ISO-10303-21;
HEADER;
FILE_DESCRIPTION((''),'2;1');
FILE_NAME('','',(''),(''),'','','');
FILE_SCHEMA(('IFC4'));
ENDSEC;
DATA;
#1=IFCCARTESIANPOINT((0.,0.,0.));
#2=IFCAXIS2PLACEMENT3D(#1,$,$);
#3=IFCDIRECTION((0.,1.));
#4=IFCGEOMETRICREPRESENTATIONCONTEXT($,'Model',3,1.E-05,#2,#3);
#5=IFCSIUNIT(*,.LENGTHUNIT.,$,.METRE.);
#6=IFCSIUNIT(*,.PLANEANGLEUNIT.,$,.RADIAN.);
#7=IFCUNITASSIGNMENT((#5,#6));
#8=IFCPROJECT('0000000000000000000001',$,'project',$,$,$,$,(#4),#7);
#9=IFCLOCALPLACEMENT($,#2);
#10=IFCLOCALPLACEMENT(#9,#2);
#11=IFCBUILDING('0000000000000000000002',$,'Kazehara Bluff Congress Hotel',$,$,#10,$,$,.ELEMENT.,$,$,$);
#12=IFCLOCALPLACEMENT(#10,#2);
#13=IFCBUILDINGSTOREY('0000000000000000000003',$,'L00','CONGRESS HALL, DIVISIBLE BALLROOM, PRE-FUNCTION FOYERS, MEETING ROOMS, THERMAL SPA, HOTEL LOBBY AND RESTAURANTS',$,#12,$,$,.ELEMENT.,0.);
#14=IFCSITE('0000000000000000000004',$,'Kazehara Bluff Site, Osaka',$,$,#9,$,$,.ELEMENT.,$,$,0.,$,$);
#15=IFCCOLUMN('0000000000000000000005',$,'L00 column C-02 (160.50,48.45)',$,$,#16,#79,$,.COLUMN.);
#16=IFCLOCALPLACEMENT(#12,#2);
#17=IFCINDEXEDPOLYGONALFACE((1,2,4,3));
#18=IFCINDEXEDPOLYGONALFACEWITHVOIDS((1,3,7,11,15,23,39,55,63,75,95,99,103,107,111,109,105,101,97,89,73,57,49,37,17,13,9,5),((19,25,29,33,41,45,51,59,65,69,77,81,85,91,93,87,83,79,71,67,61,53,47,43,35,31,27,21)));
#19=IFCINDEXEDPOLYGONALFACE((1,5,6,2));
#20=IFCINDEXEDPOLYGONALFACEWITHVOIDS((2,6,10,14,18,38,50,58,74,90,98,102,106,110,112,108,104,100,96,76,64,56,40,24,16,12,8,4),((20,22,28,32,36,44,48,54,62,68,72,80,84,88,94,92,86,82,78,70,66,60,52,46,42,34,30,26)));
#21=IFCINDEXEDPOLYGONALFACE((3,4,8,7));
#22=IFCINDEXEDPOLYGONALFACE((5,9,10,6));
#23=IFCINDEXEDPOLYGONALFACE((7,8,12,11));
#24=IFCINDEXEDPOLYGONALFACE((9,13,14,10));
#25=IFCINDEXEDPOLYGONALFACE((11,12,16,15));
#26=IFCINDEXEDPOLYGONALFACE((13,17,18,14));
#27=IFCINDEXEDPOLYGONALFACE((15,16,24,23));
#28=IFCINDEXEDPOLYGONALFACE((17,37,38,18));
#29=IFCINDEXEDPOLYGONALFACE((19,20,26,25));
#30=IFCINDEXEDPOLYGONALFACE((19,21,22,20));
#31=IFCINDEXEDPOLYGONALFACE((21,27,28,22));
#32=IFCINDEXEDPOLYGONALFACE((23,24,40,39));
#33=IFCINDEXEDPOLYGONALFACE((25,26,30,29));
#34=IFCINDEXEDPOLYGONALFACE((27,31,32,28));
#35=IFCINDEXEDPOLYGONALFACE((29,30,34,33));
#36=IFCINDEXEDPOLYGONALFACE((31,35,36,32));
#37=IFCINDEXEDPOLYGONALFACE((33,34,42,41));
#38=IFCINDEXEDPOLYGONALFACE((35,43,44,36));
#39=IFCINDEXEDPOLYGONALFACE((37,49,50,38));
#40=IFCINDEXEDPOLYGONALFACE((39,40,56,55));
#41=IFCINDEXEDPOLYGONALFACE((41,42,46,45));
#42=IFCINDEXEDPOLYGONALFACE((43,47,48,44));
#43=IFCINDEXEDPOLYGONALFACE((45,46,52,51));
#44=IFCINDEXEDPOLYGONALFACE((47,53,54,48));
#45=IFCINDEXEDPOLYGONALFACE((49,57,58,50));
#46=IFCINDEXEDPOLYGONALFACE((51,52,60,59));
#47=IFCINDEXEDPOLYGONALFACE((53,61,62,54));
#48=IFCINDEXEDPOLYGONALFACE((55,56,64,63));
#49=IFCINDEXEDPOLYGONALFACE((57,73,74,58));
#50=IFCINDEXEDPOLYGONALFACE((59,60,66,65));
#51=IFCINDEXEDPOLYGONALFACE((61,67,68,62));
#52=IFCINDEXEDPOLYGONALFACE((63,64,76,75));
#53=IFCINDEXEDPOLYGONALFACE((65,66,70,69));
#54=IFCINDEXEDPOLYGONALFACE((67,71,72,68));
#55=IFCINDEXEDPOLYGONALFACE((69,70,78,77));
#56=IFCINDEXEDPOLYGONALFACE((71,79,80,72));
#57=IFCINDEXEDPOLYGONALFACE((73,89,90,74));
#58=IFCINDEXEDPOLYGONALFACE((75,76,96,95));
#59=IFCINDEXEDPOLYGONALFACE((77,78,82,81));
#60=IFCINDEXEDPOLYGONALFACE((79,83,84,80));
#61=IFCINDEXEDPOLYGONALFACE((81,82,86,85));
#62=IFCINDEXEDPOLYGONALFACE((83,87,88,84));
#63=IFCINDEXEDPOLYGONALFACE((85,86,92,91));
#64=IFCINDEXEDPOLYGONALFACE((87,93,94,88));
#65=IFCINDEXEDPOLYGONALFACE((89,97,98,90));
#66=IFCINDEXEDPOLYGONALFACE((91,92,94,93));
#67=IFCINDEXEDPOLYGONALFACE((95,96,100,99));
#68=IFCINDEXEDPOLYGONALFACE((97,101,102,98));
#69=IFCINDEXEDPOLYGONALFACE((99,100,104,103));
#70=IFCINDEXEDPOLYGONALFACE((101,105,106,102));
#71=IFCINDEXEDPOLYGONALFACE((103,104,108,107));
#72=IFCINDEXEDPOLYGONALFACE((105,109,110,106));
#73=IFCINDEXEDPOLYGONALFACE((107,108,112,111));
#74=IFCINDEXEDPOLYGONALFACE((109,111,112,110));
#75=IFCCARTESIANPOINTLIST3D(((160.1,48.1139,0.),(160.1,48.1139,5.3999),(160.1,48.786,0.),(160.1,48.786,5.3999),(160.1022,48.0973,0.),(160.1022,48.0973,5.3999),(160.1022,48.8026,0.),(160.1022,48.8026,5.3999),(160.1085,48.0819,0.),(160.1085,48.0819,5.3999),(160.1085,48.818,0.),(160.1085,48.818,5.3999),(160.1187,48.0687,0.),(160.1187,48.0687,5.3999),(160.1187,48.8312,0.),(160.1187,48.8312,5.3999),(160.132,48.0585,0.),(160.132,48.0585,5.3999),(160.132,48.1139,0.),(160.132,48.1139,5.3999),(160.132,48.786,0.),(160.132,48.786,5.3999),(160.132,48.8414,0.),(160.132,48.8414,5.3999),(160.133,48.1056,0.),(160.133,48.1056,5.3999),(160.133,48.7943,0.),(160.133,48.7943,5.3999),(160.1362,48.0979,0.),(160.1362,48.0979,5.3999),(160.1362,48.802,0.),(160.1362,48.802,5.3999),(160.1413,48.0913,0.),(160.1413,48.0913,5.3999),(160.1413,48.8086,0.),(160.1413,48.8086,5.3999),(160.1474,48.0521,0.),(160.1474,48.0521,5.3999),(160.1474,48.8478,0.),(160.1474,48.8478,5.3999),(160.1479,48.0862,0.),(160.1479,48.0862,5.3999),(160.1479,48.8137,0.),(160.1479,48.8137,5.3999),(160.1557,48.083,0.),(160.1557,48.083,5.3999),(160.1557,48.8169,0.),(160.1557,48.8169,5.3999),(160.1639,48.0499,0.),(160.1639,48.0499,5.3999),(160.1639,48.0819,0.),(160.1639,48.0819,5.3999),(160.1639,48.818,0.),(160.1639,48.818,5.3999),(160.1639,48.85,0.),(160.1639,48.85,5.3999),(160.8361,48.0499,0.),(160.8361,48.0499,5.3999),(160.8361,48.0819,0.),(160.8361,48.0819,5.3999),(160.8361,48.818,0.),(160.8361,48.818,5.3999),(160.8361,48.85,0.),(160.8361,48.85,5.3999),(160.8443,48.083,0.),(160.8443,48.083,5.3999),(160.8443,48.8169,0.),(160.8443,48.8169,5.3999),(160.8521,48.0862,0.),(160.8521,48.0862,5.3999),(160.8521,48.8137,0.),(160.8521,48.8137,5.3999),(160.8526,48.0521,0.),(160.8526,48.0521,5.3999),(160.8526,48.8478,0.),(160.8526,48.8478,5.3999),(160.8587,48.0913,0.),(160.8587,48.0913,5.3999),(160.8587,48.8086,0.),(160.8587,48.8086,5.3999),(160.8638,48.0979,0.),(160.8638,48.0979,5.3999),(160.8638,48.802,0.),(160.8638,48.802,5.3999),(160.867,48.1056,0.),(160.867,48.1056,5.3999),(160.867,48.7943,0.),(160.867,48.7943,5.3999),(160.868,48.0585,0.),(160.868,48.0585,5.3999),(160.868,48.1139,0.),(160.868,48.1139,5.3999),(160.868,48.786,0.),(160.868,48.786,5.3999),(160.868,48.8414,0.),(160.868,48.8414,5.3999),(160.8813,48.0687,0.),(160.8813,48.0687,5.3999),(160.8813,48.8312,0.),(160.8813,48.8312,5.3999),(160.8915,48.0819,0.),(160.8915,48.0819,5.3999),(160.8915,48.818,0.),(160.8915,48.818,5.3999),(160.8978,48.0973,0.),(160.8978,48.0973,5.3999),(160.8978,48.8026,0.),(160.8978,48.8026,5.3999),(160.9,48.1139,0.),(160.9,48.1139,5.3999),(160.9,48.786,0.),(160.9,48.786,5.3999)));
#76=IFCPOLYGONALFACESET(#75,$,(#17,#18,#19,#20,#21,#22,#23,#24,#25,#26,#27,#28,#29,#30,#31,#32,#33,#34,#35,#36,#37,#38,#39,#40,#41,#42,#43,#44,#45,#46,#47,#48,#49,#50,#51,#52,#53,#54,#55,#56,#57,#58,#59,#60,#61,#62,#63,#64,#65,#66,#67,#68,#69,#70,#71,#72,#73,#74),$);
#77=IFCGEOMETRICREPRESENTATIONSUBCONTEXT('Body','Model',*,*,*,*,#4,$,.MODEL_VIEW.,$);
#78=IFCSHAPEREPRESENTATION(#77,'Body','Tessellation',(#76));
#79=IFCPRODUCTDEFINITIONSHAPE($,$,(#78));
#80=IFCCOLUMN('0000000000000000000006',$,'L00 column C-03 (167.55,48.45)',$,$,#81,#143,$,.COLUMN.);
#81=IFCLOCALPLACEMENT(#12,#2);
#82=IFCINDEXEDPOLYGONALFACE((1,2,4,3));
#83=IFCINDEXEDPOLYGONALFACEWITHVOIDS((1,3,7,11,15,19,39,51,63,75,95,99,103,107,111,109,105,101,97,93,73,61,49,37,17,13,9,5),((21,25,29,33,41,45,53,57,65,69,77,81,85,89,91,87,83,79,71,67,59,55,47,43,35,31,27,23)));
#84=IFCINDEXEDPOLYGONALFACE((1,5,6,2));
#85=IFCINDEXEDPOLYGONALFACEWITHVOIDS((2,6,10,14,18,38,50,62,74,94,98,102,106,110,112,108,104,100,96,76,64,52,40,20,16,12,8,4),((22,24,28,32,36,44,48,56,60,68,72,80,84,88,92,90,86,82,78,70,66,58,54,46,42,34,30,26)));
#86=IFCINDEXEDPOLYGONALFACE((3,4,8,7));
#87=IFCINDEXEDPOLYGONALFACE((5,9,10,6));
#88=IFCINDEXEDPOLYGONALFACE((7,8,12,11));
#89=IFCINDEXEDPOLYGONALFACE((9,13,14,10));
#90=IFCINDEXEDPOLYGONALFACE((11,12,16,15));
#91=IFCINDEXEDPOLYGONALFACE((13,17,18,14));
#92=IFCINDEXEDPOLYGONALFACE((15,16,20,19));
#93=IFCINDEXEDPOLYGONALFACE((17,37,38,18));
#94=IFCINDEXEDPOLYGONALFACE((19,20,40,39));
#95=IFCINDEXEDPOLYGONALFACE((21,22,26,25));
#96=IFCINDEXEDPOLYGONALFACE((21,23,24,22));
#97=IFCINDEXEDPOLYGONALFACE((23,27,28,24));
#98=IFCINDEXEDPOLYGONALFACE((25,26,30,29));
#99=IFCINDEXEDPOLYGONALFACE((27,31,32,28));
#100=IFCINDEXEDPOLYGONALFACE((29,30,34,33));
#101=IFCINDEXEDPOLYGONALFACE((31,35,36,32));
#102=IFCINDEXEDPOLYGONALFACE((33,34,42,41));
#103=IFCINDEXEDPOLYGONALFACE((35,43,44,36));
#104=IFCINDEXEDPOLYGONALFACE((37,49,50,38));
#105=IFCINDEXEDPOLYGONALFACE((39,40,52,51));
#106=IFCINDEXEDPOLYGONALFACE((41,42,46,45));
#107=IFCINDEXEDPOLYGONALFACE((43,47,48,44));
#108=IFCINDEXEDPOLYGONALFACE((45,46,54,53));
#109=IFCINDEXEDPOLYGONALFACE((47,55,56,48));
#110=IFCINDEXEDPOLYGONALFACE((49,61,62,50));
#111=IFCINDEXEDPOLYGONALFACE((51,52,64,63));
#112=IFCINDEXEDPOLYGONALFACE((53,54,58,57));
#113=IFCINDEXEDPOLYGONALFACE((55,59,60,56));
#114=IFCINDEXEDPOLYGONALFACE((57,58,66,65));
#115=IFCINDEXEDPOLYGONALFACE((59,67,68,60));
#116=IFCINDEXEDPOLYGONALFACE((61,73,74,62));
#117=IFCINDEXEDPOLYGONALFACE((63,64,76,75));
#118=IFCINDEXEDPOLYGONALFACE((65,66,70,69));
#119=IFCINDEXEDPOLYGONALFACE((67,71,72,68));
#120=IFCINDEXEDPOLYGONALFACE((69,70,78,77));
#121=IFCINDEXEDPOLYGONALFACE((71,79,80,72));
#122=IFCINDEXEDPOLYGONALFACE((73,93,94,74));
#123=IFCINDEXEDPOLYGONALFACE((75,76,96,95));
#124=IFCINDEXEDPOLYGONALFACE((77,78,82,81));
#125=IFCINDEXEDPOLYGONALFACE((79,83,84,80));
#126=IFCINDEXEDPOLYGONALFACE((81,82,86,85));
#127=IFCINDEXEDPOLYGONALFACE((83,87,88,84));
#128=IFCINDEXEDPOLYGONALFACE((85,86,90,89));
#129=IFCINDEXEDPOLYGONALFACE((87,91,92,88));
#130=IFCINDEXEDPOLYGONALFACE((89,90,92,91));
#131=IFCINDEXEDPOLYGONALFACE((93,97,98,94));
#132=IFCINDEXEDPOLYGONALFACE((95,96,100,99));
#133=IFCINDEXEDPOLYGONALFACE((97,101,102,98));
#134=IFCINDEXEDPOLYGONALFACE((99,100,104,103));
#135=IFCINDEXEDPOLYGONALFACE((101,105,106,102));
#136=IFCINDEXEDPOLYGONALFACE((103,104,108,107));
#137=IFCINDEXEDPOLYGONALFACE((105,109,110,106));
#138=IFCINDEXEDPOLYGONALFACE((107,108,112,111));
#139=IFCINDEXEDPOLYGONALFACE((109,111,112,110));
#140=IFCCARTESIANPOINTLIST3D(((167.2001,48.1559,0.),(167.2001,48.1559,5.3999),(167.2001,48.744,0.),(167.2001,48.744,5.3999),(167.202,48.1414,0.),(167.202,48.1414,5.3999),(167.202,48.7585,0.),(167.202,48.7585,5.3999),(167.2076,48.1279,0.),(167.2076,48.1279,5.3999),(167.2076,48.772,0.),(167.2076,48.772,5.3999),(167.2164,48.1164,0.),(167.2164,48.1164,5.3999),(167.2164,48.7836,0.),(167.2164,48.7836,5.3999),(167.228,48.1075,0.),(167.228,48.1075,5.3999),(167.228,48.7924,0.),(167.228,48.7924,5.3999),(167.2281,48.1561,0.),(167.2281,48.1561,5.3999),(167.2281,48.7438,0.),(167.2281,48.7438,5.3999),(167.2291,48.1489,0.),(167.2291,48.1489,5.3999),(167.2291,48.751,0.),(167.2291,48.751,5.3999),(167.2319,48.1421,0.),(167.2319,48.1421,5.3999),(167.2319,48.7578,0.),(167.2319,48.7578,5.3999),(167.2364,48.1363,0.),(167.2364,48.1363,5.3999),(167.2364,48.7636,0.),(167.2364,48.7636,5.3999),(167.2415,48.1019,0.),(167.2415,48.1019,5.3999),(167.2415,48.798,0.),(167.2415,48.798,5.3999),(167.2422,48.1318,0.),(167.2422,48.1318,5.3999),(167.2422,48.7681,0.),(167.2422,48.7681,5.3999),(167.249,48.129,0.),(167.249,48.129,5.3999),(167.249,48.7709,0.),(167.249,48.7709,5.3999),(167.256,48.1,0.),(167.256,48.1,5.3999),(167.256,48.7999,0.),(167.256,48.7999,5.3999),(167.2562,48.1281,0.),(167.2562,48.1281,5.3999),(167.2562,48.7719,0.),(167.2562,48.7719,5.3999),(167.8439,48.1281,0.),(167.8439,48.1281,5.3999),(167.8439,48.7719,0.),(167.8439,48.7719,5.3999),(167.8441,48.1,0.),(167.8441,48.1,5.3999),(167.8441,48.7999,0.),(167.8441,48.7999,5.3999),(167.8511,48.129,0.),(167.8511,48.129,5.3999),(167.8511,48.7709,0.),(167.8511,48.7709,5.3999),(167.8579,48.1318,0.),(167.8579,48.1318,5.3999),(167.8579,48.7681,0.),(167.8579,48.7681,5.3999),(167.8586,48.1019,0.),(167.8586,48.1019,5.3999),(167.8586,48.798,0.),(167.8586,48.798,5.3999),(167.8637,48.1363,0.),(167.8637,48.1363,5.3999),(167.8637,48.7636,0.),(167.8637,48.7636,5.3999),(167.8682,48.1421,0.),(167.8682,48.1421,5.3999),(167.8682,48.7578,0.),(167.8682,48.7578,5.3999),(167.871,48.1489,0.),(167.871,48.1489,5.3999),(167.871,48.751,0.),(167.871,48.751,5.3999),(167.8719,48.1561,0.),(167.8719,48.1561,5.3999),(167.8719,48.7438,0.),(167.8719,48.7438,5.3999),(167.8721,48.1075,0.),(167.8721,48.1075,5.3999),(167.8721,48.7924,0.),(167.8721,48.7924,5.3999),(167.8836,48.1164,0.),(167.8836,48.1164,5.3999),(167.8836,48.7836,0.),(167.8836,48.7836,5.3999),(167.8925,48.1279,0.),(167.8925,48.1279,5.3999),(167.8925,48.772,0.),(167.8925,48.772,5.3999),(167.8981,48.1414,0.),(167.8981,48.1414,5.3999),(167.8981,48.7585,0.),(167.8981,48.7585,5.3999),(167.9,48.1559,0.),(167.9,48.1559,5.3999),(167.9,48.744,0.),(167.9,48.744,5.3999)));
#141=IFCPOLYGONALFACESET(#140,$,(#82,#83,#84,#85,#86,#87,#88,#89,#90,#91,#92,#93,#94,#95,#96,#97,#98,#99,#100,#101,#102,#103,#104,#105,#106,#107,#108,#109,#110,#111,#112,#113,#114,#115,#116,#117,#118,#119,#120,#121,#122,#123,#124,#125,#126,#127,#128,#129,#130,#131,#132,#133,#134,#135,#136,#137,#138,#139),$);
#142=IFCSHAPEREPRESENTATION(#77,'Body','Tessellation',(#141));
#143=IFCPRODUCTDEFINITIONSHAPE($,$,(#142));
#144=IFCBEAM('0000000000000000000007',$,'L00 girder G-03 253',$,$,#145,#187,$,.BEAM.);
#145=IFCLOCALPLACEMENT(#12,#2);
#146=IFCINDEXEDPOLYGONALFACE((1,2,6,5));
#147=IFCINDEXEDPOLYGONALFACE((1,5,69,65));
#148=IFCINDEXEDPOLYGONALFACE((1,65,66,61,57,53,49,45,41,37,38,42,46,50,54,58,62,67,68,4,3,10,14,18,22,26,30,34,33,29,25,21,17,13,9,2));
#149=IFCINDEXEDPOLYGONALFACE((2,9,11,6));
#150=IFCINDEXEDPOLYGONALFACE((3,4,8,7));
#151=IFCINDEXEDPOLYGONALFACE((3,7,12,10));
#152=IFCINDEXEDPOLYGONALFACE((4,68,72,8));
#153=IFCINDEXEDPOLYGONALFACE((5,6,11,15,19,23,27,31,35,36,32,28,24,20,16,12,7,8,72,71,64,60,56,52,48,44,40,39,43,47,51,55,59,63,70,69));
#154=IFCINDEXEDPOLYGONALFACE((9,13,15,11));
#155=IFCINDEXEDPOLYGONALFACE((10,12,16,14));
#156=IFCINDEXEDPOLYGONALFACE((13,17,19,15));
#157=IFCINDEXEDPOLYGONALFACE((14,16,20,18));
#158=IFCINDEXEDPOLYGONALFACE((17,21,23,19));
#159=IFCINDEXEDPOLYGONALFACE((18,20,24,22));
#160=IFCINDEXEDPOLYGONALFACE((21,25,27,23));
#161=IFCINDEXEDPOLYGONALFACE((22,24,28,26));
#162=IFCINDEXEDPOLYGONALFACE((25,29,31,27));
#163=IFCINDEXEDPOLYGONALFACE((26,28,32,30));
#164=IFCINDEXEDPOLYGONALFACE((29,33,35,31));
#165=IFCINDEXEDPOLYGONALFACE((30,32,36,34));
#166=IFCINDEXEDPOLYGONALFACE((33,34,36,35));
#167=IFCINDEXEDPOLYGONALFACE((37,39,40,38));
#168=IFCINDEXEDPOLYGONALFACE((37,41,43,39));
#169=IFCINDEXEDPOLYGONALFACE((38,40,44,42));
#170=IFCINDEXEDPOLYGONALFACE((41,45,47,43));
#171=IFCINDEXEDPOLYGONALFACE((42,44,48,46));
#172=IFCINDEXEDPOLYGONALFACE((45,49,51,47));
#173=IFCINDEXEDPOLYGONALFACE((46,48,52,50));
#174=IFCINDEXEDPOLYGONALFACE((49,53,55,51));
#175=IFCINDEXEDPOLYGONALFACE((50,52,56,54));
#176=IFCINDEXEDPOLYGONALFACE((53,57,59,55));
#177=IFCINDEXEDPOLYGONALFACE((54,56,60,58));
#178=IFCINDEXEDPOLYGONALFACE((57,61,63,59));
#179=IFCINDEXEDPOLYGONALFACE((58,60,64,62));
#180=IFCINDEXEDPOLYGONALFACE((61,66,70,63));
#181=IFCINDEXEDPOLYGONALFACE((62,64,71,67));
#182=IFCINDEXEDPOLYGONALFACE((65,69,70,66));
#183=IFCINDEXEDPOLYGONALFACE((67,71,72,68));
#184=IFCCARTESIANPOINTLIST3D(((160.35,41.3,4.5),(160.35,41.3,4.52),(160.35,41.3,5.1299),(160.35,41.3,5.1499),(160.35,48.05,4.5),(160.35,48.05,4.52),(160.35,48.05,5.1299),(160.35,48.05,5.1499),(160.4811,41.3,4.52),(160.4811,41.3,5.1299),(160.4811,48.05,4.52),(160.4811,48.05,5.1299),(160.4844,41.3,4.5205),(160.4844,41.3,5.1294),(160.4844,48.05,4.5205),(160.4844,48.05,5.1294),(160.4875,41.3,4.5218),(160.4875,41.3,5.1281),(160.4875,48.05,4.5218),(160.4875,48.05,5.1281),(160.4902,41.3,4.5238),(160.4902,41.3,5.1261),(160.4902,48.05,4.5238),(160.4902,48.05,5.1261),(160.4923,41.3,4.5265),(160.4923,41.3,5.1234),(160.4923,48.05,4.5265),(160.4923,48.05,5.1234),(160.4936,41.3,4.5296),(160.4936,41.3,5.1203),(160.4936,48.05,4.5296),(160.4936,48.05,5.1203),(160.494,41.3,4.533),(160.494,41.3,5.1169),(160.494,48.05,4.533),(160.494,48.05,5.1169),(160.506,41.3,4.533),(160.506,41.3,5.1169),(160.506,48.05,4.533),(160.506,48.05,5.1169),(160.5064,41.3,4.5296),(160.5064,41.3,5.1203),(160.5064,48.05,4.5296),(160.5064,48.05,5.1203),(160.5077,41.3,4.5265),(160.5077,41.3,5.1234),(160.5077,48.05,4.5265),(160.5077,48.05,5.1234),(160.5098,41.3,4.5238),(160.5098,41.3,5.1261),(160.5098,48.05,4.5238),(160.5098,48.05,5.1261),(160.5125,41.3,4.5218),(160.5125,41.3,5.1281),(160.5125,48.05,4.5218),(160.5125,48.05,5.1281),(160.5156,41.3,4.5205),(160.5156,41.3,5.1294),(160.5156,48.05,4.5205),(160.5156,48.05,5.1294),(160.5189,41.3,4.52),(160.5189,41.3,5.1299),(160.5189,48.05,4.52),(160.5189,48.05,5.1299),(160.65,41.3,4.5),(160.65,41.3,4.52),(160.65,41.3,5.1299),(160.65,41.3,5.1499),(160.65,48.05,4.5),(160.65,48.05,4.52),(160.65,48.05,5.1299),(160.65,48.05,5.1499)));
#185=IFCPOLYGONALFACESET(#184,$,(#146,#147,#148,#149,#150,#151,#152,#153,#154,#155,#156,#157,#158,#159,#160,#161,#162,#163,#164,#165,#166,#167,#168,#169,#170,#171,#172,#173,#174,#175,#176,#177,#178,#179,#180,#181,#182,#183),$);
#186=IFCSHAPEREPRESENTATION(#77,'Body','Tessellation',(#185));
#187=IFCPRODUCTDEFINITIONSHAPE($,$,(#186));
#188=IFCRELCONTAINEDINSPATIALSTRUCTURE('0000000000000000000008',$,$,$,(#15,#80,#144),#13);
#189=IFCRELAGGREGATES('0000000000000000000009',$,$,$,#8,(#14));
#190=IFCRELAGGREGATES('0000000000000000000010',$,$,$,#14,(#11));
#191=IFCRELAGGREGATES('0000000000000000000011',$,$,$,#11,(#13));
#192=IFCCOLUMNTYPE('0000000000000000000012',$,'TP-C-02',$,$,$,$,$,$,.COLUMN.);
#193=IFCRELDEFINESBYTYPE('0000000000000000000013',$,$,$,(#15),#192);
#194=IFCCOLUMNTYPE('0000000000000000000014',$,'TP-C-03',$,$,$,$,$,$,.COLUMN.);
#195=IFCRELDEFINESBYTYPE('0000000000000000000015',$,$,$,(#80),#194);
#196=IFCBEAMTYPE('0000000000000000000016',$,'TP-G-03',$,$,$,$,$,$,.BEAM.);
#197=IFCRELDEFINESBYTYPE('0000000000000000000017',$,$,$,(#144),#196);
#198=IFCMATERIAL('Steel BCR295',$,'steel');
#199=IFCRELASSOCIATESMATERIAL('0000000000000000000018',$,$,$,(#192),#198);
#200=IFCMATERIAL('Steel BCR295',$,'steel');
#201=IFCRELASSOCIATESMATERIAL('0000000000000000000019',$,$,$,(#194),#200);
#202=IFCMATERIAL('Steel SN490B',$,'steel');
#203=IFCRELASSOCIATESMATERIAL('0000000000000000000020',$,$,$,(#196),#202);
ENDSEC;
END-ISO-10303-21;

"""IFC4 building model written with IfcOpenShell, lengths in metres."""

from ifc_helpers import new_model, si_unit, direction, frame, origin, origin_2d, place, context, subcontext, project, spatial, hollow_rectangle, i_section, extrude, material, material_profile, profile_set, type_object, element, save


model = new_model("IFC4")

# Units and contexts
model_context = context("Model", 3, precision=1e-05, world=origin(), true_north=direction((0.0, 1.0)))
body_context = subcontext(model_context, "Body", "Model", "MODEL_VIEW")
ifc_project = project(units=[si_unit("LENGTHUNIT", "METRE"), si_unit("PLANEANGLEUNIT", "RADIAN")], contexts=[model_context])

# Site, building, storey
site_placement = place(None, origin())
site = spatial("IfcSite", under=ifc_project, at=site_placement, Name="Kazehara Bluff Site, Osaka", CompositionType="ELEMENT", RefElevation=0.0)
building_placement = place(site_placement, origin())
building = spatial("IfcBuilding", under=site, at=building_placement, Name="Kazehara Bluff Congress Hotel", CompositionType="ELEMENT")
storey_placement = place(building_placement, origin())
storey = spatial("IfcBuildingStorey", under=building, at=storey_placement, Name="L00", Description="CONGRESS HALL, DIVISIBLE BALLROOM, PRE-FUNCTION FOYERS, MEETING ROOMS, THERMAL SPA, HOTEL LOBBY AND RESTAURANTS", CompositionType="ELEMENT", Elevation=0.0)

# Columns
ifc_material_1 = material(Name="Steel BCR295", Category="steel")
ifc_material_profile_1 = material_profile(ifc_material_1, hollow_rectangle(XDim=0.8, YDim=0.8, WallThickness=0.032, InnerFilletRadius=0.032, OuterFilletRadius=0.064, at=origin_2d()))
ifc_profile_set_1 = profile_set([ifc_material_profile_1], Name="Steel BCR295")
column_type_1 = type_object("IfcColumnType", Name="TP-C-02", PredefinedType="COLUMN", material=ifc_profile_set_1)
column_1_placement = place(storey_placement, frame((160.5, 48.45, 0.0), z_axis=(0.0, 0.0, 1.0), x_axis=(1.0, 0.0, 0.0)))
element("IfcColumn", 1, at=column_1_placement, inside=storey, type_object=column_type_1, Name="L00 column C-02 (160.50,48.45)", PredefinedType="COLUMN", context=body_context, shape_type="SweptSolid", body=[
    extrude(hollow_rectangle(XDim=0.8, YDim=0.8, WallThickness=0.032, InnerFilletRadius=0.032, OuterFilletRadius=0.064, at=origin_2d()), origin(), (0.0, 0.0, 1.0), 5.3999),
])
ifc_material_2 = material(Name="Steel BCR295", Category="steel")
ifc_material_profile_2 = material_profile(ifc_material_2, hollow_rectangle(XDim=0.7, YDim=0.7, WallThickness=0.0281, InnerFilletRadius=0.0281, OuterFilletRadius=0.0559, at=origin_2d()))
ifc_profile_set_2 = profile_set([ifc_material_profile_2], Name="Steel BCR295")
column_type_2 = type_object("IfcColumnType", Name="TP-C-03", PredefinedType="COLUMN", material=ifc_profile_set_2)
column_2_placement = place(storey_placement, frame((167.55, 48.45, 0.0), z_axis=(0.0, 0.0, 1.0), x_axis=(1.0, 0.0, 0.0)))
element("IfcColumn", 2, at=column_2_placement, inside=storey, type_object=column_type_2, Name="L00 column C-03 (167.55,48.45)", PredefinedType="COLUMN", context=body_context, shape_type="SweptSolid", body=[
    extrude(hollow_rectangle(XDim=0.7, YDim=0.7, WallThickness=0.0281, InnerFilletRadius=0.0281, OuterFilletRadius=0.0559, at=origin_2d()), origin(), (0.0, 0.0, 1.0), 5.3999),
])

# Beam
ifc_material_3 = material(Name="Steel SN490B", Category="steel")
ifc_material_profile_3 = material_profile(ifc_material_3, i_section(OverallWidth=0.3, OverallDepth=0.6499, WebThickness=0.012, FlangeThickness=0.02, FilletRadius=0.0129, at=origin_2d()))
ifc_profile_set_3 = profile_set([ifc_material_profile_3], Name="Steel SN490B")
beam_type_1 = type_object("IfcBeamType", Name="TP-G-03", PredefinedType="BEAM", material=ifc_profile_set_3)
beam_1_placement = place(storey_placement, frame((160.5, 41.3, 4.825), z_axis=(0.0, 1.0, 0.0), x_axis=(-1.0, 0.0, 0.0)))
element("IfcBeam", 3, at=beam_1_placement, inside=storey, type_object=beam_type_1, Name="L00 girder G-03 253", PredefinedType="BEAM", context=body_context, shape_type="SweptSolid", body=[
    extrude(i_section(OverallWidth=0.3, OverallDepth=0.6499, WebThickness=0.012, FlangeThickness=0.02, FilletRadius=0.0129, at=origin_2d()), origin(), (0.0, 0.0, 1.0), 6.75),
])

save(model, "model.ifc")
